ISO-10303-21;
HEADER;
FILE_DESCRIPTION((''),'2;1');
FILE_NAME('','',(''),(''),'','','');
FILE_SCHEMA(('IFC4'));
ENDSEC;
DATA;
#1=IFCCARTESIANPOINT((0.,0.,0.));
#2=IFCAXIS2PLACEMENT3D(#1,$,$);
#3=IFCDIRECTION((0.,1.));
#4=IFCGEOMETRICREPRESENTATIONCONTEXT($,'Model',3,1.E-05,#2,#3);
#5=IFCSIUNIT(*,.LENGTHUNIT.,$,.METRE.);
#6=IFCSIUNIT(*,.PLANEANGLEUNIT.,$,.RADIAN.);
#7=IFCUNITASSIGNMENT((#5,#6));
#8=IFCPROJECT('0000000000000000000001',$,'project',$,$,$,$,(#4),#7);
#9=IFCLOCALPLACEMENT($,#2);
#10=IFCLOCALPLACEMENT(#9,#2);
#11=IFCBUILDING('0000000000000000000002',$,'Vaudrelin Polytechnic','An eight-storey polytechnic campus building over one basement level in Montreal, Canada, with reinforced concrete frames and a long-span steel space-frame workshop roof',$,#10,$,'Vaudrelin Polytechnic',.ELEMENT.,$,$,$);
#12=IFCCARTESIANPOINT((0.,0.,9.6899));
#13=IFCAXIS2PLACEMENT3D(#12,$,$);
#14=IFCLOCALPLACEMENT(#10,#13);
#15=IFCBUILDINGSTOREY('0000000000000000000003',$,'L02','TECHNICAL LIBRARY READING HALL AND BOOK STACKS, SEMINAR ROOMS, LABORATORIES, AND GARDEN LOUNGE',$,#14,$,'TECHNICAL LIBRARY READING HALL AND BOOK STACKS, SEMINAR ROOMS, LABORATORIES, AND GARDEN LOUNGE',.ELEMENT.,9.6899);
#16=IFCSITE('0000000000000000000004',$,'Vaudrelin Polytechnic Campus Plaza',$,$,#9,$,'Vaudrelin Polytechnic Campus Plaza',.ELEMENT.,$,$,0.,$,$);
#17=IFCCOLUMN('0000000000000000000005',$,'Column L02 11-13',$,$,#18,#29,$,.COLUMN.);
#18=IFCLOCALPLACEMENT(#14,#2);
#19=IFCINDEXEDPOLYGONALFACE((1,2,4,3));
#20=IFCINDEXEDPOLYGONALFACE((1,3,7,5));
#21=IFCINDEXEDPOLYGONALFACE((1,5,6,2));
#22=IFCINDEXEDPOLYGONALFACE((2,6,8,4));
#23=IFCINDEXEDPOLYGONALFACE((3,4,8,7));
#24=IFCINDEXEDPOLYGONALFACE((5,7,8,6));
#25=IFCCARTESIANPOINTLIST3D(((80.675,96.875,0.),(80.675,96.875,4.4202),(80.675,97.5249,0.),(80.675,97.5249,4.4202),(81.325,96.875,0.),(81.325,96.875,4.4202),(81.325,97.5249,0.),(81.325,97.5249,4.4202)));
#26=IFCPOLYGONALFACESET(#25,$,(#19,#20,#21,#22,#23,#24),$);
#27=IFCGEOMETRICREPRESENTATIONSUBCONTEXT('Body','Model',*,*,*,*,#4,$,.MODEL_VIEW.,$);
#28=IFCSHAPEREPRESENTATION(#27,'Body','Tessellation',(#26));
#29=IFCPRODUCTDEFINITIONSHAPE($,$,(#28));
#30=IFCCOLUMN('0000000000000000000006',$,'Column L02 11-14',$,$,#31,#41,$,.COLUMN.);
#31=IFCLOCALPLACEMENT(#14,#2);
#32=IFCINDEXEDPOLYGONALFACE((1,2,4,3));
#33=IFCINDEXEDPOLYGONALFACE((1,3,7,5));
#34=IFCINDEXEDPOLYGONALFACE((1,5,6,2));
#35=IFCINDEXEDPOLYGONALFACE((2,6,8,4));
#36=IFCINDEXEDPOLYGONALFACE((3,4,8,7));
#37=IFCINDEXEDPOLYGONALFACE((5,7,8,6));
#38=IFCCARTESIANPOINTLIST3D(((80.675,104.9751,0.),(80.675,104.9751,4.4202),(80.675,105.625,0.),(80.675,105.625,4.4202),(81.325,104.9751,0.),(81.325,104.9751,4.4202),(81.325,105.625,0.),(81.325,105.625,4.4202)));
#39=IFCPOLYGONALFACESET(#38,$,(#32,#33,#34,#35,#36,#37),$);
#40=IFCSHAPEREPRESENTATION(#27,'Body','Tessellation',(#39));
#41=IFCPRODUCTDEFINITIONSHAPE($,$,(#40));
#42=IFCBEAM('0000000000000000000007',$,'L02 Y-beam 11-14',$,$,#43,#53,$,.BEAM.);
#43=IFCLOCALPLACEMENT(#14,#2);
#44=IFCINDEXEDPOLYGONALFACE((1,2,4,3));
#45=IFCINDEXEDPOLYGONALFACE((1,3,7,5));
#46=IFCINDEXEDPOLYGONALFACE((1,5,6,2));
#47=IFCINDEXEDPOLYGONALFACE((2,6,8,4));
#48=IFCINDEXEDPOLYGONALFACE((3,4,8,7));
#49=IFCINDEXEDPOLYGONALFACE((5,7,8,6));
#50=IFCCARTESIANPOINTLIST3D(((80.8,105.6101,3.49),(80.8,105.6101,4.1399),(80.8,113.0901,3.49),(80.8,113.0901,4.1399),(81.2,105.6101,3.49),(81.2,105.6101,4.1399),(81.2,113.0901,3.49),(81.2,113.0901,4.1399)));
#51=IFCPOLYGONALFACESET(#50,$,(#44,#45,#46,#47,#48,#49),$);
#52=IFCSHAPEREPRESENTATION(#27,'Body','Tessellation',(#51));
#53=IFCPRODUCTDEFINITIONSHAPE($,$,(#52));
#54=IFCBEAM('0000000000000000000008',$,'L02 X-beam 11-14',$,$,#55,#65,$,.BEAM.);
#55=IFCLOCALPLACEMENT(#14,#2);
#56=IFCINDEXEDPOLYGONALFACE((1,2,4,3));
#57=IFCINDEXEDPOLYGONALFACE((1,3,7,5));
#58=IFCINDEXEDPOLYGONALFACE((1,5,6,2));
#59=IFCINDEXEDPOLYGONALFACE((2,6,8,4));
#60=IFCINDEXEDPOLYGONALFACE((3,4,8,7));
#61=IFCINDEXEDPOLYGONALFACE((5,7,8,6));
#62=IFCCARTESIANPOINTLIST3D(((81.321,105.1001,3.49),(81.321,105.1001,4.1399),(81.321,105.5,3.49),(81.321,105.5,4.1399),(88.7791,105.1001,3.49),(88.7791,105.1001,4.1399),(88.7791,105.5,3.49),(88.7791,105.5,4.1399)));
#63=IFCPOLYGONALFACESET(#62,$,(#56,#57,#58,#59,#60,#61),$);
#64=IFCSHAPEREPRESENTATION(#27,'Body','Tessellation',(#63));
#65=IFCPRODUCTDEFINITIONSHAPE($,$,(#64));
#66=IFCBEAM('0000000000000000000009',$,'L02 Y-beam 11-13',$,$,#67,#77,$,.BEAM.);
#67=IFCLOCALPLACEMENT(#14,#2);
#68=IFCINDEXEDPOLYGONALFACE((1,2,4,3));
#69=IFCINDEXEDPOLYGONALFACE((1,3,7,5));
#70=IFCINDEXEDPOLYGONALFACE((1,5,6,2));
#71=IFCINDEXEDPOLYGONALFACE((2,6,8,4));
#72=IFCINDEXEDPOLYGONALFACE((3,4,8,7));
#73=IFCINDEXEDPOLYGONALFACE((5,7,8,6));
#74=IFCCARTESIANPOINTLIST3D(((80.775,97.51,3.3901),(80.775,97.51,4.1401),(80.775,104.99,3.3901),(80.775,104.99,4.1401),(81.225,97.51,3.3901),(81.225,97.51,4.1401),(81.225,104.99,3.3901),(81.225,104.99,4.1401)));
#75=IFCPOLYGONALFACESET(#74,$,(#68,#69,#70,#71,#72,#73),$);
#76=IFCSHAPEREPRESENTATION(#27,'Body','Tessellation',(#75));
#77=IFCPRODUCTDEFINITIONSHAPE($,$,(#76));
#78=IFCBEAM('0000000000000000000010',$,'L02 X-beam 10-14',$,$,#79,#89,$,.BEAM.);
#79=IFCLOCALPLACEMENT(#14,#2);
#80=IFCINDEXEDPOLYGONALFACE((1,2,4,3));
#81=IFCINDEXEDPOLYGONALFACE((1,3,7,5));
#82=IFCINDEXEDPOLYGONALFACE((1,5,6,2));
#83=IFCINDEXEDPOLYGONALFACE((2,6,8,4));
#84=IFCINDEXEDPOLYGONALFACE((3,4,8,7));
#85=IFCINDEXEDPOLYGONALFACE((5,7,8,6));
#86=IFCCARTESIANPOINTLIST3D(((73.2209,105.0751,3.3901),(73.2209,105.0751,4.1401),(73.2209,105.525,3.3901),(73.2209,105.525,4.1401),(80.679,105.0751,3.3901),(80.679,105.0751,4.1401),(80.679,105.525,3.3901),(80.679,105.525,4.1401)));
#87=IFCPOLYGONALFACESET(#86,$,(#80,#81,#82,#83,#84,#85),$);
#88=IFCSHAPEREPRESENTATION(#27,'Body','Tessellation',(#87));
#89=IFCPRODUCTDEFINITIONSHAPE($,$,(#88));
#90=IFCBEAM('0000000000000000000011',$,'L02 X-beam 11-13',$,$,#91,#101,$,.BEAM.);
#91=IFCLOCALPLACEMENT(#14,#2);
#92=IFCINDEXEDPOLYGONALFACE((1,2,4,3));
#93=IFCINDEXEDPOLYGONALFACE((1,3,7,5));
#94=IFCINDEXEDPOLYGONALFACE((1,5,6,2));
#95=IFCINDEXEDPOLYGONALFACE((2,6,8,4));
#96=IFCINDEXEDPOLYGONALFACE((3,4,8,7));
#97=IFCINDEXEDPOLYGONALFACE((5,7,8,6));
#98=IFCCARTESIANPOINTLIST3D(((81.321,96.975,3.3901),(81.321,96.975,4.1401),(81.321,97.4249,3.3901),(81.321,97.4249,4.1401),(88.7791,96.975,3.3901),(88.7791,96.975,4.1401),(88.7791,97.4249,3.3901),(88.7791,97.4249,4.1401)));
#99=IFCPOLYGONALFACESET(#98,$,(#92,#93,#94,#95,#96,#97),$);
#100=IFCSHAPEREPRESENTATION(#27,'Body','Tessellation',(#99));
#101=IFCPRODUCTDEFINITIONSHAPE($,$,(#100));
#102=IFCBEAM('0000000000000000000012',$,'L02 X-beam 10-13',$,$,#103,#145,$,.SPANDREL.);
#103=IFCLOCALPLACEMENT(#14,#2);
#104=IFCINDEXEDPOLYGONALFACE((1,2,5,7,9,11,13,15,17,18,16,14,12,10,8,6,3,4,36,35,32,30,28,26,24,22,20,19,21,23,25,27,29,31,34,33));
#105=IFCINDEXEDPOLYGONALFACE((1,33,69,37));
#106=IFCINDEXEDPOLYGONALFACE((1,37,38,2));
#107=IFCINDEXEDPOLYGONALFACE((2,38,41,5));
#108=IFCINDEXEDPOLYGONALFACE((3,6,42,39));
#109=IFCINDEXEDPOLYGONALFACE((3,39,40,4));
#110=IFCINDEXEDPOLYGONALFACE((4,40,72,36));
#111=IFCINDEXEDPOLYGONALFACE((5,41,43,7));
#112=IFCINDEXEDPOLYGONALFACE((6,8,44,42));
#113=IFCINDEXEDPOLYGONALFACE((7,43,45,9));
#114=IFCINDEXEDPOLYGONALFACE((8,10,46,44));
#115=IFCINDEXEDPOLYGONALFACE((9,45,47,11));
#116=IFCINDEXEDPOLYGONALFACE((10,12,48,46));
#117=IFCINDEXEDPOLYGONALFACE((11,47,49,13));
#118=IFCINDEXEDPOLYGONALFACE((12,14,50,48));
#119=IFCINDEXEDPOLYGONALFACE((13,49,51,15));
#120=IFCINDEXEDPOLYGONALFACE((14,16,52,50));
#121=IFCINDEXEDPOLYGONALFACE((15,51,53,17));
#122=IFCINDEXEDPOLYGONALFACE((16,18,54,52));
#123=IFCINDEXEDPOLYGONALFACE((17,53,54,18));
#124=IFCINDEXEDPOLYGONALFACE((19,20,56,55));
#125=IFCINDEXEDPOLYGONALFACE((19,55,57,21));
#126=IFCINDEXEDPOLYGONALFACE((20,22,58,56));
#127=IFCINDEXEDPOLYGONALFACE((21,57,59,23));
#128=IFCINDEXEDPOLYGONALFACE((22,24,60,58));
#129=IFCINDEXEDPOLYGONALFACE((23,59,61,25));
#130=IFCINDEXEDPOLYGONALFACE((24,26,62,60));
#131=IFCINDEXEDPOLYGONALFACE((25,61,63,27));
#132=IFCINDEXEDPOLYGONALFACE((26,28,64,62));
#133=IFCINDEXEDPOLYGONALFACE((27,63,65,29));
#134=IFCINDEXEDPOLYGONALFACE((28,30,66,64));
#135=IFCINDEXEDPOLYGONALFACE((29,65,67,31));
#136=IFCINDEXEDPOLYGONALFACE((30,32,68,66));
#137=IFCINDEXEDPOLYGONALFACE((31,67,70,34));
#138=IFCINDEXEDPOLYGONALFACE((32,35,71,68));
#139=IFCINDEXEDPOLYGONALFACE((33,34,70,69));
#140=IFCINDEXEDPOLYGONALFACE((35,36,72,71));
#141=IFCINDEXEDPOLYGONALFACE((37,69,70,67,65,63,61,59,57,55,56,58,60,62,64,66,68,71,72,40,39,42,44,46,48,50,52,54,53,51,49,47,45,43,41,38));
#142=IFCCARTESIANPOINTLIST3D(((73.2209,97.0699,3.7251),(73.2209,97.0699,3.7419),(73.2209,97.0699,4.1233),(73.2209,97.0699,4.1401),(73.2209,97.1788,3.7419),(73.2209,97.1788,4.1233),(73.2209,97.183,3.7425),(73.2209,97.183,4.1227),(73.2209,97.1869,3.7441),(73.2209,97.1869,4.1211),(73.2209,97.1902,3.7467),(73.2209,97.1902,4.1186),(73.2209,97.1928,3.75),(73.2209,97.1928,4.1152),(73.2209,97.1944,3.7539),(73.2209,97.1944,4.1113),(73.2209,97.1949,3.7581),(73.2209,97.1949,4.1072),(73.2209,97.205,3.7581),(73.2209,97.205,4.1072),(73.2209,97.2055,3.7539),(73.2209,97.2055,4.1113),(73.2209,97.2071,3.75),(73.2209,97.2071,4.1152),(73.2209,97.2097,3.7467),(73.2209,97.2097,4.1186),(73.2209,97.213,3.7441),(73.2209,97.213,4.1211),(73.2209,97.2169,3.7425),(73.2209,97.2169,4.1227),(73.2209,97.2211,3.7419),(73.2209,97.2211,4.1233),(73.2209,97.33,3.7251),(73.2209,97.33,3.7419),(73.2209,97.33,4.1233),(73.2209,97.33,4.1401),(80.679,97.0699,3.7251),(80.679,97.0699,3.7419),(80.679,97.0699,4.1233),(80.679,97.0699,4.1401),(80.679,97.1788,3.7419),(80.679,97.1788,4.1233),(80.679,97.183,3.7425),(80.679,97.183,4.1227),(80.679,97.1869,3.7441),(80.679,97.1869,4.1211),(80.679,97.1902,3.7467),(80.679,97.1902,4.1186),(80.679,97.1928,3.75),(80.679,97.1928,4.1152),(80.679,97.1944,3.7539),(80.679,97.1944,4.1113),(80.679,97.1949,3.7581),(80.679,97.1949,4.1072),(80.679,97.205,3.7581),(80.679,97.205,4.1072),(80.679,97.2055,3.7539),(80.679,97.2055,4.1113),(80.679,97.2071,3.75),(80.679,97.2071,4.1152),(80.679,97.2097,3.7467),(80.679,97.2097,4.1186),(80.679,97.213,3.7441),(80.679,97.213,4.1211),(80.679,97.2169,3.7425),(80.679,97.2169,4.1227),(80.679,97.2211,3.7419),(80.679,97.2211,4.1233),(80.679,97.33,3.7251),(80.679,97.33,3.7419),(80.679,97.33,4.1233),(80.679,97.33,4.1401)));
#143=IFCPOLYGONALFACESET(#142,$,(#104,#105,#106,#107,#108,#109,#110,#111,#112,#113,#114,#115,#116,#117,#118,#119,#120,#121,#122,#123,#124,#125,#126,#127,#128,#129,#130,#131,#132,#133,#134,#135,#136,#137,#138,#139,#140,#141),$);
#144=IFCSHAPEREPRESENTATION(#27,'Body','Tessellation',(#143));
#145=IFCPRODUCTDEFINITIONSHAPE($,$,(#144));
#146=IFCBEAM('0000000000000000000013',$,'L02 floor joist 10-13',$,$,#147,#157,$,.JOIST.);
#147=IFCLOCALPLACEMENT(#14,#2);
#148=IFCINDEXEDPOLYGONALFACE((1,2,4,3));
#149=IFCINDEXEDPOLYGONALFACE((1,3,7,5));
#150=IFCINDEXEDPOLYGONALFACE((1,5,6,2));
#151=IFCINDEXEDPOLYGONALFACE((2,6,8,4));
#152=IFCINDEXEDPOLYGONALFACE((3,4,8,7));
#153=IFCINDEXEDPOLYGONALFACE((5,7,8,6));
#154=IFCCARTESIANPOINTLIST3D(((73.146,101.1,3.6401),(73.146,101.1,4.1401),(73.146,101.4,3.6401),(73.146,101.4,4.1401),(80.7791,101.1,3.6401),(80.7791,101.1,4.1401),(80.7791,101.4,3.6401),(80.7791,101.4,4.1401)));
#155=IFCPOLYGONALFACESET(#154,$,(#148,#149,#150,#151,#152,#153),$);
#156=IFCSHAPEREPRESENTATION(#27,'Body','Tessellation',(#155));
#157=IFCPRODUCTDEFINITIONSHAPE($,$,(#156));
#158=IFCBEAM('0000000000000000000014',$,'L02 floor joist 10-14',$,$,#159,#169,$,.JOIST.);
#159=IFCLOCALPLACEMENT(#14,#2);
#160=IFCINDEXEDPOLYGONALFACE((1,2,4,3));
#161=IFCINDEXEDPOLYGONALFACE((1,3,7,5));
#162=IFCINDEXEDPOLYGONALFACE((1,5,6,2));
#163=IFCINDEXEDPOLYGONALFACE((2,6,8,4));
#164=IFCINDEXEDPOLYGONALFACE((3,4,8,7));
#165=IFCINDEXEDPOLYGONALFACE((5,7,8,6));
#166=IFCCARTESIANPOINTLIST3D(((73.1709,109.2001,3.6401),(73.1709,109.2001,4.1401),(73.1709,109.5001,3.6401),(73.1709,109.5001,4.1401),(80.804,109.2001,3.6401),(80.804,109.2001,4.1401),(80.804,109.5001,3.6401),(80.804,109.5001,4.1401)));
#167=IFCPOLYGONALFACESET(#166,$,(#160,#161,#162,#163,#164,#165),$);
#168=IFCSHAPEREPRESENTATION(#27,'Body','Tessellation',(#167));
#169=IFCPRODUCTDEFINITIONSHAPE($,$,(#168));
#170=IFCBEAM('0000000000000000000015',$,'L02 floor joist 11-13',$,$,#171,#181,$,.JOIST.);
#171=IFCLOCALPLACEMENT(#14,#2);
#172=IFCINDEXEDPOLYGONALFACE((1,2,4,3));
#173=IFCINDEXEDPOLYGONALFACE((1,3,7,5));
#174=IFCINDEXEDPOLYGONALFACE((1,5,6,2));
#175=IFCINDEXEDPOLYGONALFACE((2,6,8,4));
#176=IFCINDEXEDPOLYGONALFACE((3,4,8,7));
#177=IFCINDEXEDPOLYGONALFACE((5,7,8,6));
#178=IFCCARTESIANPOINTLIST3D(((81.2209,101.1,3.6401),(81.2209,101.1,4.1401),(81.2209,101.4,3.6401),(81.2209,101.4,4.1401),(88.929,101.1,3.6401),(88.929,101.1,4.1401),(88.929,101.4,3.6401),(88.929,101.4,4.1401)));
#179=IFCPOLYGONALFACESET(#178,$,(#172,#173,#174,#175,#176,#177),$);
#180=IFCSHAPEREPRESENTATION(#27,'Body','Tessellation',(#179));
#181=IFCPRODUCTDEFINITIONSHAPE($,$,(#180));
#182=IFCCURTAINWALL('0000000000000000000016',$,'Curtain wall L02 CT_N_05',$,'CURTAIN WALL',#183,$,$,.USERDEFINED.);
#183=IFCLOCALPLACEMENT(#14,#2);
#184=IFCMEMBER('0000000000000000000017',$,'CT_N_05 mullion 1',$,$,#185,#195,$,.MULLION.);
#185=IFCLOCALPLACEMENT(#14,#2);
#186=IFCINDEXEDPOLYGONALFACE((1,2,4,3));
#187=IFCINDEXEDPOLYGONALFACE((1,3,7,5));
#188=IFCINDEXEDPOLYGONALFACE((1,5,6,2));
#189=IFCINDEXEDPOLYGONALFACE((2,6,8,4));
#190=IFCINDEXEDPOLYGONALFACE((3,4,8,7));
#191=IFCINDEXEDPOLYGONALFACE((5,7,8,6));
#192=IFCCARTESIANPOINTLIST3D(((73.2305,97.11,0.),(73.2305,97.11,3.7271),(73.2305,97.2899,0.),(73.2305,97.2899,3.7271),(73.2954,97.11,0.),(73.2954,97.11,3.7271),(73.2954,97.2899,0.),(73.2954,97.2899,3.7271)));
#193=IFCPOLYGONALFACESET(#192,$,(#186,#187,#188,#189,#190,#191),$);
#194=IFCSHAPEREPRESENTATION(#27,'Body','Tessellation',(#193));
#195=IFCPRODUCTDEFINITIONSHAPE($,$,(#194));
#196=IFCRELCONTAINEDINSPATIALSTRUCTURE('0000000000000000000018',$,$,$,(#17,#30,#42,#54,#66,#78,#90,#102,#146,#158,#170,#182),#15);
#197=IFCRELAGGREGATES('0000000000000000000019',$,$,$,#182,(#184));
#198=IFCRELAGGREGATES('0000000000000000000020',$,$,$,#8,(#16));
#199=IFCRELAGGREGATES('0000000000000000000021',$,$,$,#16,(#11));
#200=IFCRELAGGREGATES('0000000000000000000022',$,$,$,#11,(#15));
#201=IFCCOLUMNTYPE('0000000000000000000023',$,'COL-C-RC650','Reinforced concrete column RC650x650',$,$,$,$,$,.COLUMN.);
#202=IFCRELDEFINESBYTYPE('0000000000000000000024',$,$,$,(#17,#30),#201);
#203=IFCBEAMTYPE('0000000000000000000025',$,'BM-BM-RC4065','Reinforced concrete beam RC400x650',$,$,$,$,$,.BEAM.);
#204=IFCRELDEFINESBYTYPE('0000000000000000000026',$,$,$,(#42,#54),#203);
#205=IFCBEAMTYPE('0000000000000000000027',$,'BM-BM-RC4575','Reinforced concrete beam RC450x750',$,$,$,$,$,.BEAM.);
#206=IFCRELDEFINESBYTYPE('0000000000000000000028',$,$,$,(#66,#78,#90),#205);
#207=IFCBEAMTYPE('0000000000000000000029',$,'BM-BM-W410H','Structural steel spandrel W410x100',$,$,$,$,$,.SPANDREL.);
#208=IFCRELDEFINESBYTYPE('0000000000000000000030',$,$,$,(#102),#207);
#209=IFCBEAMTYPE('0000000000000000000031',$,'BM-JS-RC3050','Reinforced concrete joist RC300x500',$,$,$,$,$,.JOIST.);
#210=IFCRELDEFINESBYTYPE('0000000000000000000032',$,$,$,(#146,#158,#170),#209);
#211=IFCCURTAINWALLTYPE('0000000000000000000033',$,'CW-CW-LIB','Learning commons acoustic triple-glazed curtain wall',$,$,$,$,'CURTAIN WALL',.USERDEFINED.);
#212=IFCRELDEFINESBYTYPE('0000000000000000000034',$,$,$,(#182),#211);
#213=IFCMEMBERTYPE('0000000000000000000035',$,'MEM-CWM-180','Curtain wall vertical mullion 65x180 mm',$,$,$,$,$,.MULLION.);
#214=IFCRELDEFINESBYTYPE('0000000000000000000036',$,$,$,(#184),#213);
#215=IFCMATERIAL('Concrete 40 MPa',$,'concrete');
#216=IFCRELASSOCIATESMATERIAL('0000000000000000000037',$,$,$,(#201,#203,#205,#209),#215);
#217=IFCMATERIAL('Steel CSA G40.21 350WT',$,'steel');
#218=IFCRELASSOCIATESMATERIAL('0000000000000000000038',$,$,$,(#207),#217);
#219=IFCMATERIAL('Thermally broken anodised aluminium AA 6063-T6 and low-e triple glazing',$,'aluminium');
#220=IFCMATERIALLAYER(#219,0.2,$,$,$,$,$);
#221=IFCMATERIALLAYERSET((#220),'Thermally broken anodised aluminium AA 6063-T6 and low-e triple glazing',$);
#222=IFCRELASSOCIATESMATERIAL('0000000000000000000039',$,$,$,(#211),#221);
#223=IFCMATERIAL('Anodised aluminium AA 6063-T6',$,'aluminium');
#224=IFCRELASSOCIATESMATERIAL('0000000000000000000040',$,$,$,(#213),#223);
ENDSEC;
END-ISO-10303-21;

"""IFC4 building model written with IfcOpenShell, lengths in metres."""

from ifc_helpers import new_model, si_unit, direction, frame, origin, origin_2d, place, context, subcontext, project, spatial, rectangle, i_section, extrude, material, layer, layer_set, material_profile, profile_set, type_object, element, aggregate, save


model = new_model("IFC4")

# Units and contexts
model_context = context("Model", 3, precision=1e-05, world=origin(), true_north=direction((0.0, 1.0)))
body_context = subcontext(model_context, "Body", "Model", "MODEL_VIEW")
ifc_project = project(units=[si_unit("LENGTHUNIT", "METRE"), si_unit("PLANEANGLEUNIT", "RADIAN")], contexts=[model_context])

# Site, building, storey
site_placement = place(None, origin())
site = spatial("IfcSite", under=ifc_project, at=site_placement, Name="Vaudrelin Polytechnic Campus Plaza", LongName="Vaudrelin Polytechnic Campus Plaza", CompositionType="ELEMENT", RefElevation=0.0)
building_placement = place(site_placement, origin())
building = spatial("IfcBuilding", under=site, at=building_placement, Name="Vaudrelin Polytechnic", Description="An eight-storey polytechnic campus building over one basement level in Montreal, Canada, with reinforced concrete frames and a long-span steel space-frame workshop roof", LongName="Vaudrelin Polytechnic", CompositionType="ELEMENT")
storey_placement = place(building_placement, frame((0.0, 0.0, 9.6899)))
storey = spatial("IfcBuildingStorey", under=building, at=storey_placement, Name="L02", Description="TECHNICAL LIBRARY READING HALL AND BOOK STACKS, SEMINAR ROOMS, LABORATORIES, AND GARDEN LOUNGE", LongName="TECHNICAL LIBRARY READING HALL AND BOOK STACKS, SEMINAR ROOMS, LABORATORIES, AND GARDEN LOUNGE", CompositionType="ELEMENT", Elevation=9.6899)

# Columns
ifc_material_1 = material(Name="Concrete 40 MPa", Category="concrete")
ifc_material_profile_1 = material_profile(ifc_material_1, rectangle(XDim=0.6499, YDim=0.6499, at=origin_2d()), Name="RC650x650")
ifc_profile_set_1 = profile_set([ifc_material_profile_1], Name="Concrete 40 MPa")
column_type = type_object("IfcColumnType", Name="COL-C-RC650", Description="Reinforced concrete column RC650x650", PredefinedType="COLUMN", material=ifc_profile_set_1)
for number, where, z_axis, x_axis, name in (
    (1, (81.0, 97.2, 0.0), (0.0, 0.0, 1.0), (1.0, 0.0, 0.0), "Column L02 11-13"),
    (2, (81.0, 105.3, 0.0), (0.0, 0.0, 1.0), (1.0, 0.0, 0.0), "Column L02 11-14"),
):
    element("IfcColumn", number, at=place(storey_placement, frame(where, z_axis=z_axis, x_axis=x_axis)), inside=storey, type_object=column_type, Name=name, PredefinedType="COLUMN", context=body_context, shape_type="SweptSolid", body=[
        extrude(rectangle(XDim=0.6499, YDim=0.6499, at=origin_2d()), origin(), (0.0, 0.0, 1.0), 4.4202),
    ])

# Beams
ifc_material_profile_2 = material_profile(ifc_material_1, rectangle(XDim=0.3999, YDim=0.6499, at=origin_2d()), Name="RC400x650")
ifc_profile_set_2 = profile_set([ifc_material_profile_2], Name="Concrete 40 MPa")
beam_type_1 = type_object("IfcBeamType", Name="BM-BM-RC4065", Description="Reinforced concrete beam RC400x650", PredefinedType="BEAM", material=ifc_profile_set_2)
beam_1_placement = place(storey_placement, frame((81.0, 105.6101, 3.8149), z_axis=(0.0, 1.0, 0.0), x_axis=(-1.0, 0.0, 0.0)))
element("IfcBeam", 3, at=beam_1_placement, inside=storey, type_object=beam_type_1, Name="L02 Y-beam 11-14", PredefinedType="BEAM", context=body_context, shape_type="SweptSolid", body=[
    extrude(rectangle(XDim=0.3999, YDim=0.6499, at=origin_2d()), origin(), (0.0, 0.0, 1.0), 7.48),
])
beam_2_placement = place(storey_placement, frame((81.321, 105.3, 3.8149), z_axis=(1.0, 0.0, 0.0), x_axis=(0.0, 1.0, 0.0)))
element("IfcBeam", 4, at=beam_2_placement, inside=storey, type_object=beam_type_1, Name="L02 X-beam 11-14", PredefinedType="BEAM", context=body_context, shape_type="SweptSolid", body=[
    extrude(rectangle(XDim=0.3999, YDim=0.6499, at=origin_2d()), origin(), (0.0, 0.0, 1.0), 7.458),
])
ifc_material_profile_3 = material_profile(ifc_material_1, rectangle(XDim=0.45, YDim=0.75, at=origin_2d()), Name="RC450x750")
ifc_profile_set_3 = profile_set([ifc_material_profile_3], Name="Concrete 40 MPa")
beam_type_2 = type_object("IfcBeamType", Name="BM-BM-RC4575", Description="Reinforced concrete beam RC450x750", PredefinedType="BEAM", material=ifc_profile_set_3)
beam_3_placement = place(storey_placement, frame((81.0, 97.51, 3.7651), z_axis=(0.0, 1.0, 0.0), x_axis=(-1.0, 0.0, 0.0)))
element("IfcBeam", 5, at=beam_3_placement, inside=storey, type_object=beam_type_2, Name="L02 Y-beam 11-13", PredefinedType="BEAM", context=body_context, shape_type="SweptSolid", body=[
    extrude(rectangle(XDim=0.45, YDim=0.75, at=origin_2d()), origin(), (0.0, 0.0, 1.0), 7.48),
])
for number, where, z_axis, x_axis, name in (
    (6, (73.2209, 105.3, 3.7651), (1.0, 0.0, 0.0), (0.0, 1.0, 0.0), "L02 X-beam 10-14"),
    (7, (81.321, 97.2, 3.7651), (1.0, 0.0, 0.0), (0.0, 1.0, 0.0), "L02 X-beam 11-13"),
):
    element("IfcBeam", number, at=place(storey_placement, frame(where, z_axis=z_axis, x_axis=x_axis)), inside=storey, type_object=beam_type_2, Name=name, PredefinedType="BEAM", context=body_context, shape_type="SweptSolid", body=[
        extrude(rectangle(XDim=0.45, YDim=0.75, at=origin_2d()), origin(), (0.0, 0.0, 1.0), 7.458),
    ])
ifc_material_2 = material(Name="Steel CSA G40.21 350WT", Category="steel")
ifc_material_profile_4 = material_profile(ifc_material_2, i_section(OverallWidth=0.26, OverallDepth=0.415, WebThickness=0.01, FlangeThickness=0.0168, FilletRadius=0.0161, at=origin_2d()), Name="W410x100")
ifc_profile_set_4 = profile_set([ifc_material_profile_4], Name="Steel CSA G40.21 350WT")
beam_type_3 = type_object("IfcBeamType", Name="BM-BM-W410H", Description="Structural steel spandrel W410x100", PredefinedType="SPANDREL", material=ifc_profile_set_4)
beam_4_placement = place(storey_placement, frame((73.2209, 97.2, 3.9326), z_axis=(1.0, 0.0, 0.0), x_axis=(0.0, 1.0, 0.0)))
element("IfcBeam", 8, at=beam_4_placement, inside=storey, type_object=beam_type_3, Name="L02 X-beam 10-13", PredefinedType="SPANDREL", context=body_context, shape_type="SweptSolid", body=[
    extrude(i_section(OverallWidth=0.26, OverallDepth=0.415, WebThickness=0.01, FlangeThickness=0.0168, FilletRadius=0.0161, at=origin_2d()), origin(), (0.0, 0.0, 1.0), 7.458),
])
ifc_material_profile_5 = material_profile(ifc_material_1, rectangle(XDim=0.3, YDim=0.5, at=origin_2d()), Name="RC300x500")
ifc_profile_set_5 = profile_set([ifc_material_profile_5], Name="Concrete 40 MPa")
beam_type_4 = type_object("IfcBeamType", Name="BM-JS-RC3050", Description="Reinforced concrete joist RC300x500", PredefinedType="JOIST", material=ifc_profile_set_5)
for number, where, z_axis, x_axis, name in (
    (9, (73.146, 101.25, 3.8901), (1.0, 0.0, 0.0), (0.0, 1.0, 0.0), "L02 floor joist 10-13"),
    (10, (73.1709, 109.3501, 3.8901), (1.0, 0.0, 0.0), (0.0, 1.0, 0.0), "L02 floor joist 10-14"),
):
    element("IfcBeam", number, at=place(storey_placement, frame(where, z_axis=z_axis, x_axis=x_axis)), inside=storey, type_object=beam_type_4, Name=name, PredefinedType="JOIST", context=body_context, shape_type="SweptSolid", body=[
        extrude(rectangle(XDim=0.3, YDim=0.5, at=origin_2d()), origin(), (0.0, 0.0, 1.0), 7.6331),
    ])
beam_5_placement = place(storey_placement, frame((81.2209, 101.25, 3.8901), z_axis=(1.0, 0.0, 0.0), x_axis=(0.0, 1.0, 0.0)))
element("IfcBeam", 11, at=beam_5_placement, inside=storey, type_object=beam_type_4, Name="L02 floor joist 11-13", PredefinedType="JOIST", context=body_context, shape_type="SweptSolid", body=[
    extrude(rectangle(XDim=0.3, YDim=0.5, at=origin_2d()), origin(), (0.0, 0.0, 1.0), 7.708),
])

# Curtain wall, member
ifc_material_3 = material(Name="Thermally broken anodised aluminium AA 6063-T6 and low-e triple glazing", Category="aluminium")
ifc_layer_1 = layer(ifc_material_3, 0.2)
ifc_layer_set_1 = layer_set([ifc_layer_1], Name="Thermally broken anodised aluminium AA 6063-T6 and low-e triple glazing")
curtain_wall_type = type_object("IfcCurtainWallType", Name="CW-CW-LIB", Description="Learning commons acoustic triple-glazed curtain wall", ElementType="CURTAIN WALL", PredefinedType="USERDEFINED", material=ifc_layer_set_1)
curtain_wall_1_placement = place(storey_placement, origin())
curtain_wall_1 = element("IfcCurtainWall", 12, at=curtain_wall_1_placement, inside=storey, type_object=curtain_wall_type, Name="Curtain wall L02 CT_N_05", ObjectType="CURTAIN WALL", PredefinedType="USERDEFINED")
ifc_material_4 = material(Name="Anodised aluminium AA 6063-T6", Category="aluminium")
ifc_material_profile_6 = material_profile(ifc_material_4, rectangle(XDim=0.0649, YDim=0.1799, at=origin_2d()), Name="CWM-65x180")
ifc_profile_set_6 = profile_set([ifc_material_profile_6], Name="Anodised aluminium AA 6063-T6")
member_type_1 = type_object("IfcMemberType", Name="MEM-CWM-180", Description="Curtain wall vertical mullion 65x180 mm", PredefinedType="MULLION", material=ifc_profile_set_6)
member_1_placement = place(storey_placement, frame((73.2629, 97.2, 0.0), z_axis=(0.0, 0.0, 1.0), x_axis=(1.0, 0.0, 0.0)))
member_1 = element("IfcMember", 13, at=member_1_placement, type_object=member_type_1, Name="CT_N_05 mullion 1", PredefinedType="MULLION", context=body_context, shape_type="SweptSolid", body=[
    extrude(rectangle(XDim=0.0649, YDim=0.1799, at=origin_2d()), origin(), (0.0, 0.0, 1.0), 3.7271),
])

aggregate(curtain_wall_1, [member_1])

save(model, "model.ifc")
